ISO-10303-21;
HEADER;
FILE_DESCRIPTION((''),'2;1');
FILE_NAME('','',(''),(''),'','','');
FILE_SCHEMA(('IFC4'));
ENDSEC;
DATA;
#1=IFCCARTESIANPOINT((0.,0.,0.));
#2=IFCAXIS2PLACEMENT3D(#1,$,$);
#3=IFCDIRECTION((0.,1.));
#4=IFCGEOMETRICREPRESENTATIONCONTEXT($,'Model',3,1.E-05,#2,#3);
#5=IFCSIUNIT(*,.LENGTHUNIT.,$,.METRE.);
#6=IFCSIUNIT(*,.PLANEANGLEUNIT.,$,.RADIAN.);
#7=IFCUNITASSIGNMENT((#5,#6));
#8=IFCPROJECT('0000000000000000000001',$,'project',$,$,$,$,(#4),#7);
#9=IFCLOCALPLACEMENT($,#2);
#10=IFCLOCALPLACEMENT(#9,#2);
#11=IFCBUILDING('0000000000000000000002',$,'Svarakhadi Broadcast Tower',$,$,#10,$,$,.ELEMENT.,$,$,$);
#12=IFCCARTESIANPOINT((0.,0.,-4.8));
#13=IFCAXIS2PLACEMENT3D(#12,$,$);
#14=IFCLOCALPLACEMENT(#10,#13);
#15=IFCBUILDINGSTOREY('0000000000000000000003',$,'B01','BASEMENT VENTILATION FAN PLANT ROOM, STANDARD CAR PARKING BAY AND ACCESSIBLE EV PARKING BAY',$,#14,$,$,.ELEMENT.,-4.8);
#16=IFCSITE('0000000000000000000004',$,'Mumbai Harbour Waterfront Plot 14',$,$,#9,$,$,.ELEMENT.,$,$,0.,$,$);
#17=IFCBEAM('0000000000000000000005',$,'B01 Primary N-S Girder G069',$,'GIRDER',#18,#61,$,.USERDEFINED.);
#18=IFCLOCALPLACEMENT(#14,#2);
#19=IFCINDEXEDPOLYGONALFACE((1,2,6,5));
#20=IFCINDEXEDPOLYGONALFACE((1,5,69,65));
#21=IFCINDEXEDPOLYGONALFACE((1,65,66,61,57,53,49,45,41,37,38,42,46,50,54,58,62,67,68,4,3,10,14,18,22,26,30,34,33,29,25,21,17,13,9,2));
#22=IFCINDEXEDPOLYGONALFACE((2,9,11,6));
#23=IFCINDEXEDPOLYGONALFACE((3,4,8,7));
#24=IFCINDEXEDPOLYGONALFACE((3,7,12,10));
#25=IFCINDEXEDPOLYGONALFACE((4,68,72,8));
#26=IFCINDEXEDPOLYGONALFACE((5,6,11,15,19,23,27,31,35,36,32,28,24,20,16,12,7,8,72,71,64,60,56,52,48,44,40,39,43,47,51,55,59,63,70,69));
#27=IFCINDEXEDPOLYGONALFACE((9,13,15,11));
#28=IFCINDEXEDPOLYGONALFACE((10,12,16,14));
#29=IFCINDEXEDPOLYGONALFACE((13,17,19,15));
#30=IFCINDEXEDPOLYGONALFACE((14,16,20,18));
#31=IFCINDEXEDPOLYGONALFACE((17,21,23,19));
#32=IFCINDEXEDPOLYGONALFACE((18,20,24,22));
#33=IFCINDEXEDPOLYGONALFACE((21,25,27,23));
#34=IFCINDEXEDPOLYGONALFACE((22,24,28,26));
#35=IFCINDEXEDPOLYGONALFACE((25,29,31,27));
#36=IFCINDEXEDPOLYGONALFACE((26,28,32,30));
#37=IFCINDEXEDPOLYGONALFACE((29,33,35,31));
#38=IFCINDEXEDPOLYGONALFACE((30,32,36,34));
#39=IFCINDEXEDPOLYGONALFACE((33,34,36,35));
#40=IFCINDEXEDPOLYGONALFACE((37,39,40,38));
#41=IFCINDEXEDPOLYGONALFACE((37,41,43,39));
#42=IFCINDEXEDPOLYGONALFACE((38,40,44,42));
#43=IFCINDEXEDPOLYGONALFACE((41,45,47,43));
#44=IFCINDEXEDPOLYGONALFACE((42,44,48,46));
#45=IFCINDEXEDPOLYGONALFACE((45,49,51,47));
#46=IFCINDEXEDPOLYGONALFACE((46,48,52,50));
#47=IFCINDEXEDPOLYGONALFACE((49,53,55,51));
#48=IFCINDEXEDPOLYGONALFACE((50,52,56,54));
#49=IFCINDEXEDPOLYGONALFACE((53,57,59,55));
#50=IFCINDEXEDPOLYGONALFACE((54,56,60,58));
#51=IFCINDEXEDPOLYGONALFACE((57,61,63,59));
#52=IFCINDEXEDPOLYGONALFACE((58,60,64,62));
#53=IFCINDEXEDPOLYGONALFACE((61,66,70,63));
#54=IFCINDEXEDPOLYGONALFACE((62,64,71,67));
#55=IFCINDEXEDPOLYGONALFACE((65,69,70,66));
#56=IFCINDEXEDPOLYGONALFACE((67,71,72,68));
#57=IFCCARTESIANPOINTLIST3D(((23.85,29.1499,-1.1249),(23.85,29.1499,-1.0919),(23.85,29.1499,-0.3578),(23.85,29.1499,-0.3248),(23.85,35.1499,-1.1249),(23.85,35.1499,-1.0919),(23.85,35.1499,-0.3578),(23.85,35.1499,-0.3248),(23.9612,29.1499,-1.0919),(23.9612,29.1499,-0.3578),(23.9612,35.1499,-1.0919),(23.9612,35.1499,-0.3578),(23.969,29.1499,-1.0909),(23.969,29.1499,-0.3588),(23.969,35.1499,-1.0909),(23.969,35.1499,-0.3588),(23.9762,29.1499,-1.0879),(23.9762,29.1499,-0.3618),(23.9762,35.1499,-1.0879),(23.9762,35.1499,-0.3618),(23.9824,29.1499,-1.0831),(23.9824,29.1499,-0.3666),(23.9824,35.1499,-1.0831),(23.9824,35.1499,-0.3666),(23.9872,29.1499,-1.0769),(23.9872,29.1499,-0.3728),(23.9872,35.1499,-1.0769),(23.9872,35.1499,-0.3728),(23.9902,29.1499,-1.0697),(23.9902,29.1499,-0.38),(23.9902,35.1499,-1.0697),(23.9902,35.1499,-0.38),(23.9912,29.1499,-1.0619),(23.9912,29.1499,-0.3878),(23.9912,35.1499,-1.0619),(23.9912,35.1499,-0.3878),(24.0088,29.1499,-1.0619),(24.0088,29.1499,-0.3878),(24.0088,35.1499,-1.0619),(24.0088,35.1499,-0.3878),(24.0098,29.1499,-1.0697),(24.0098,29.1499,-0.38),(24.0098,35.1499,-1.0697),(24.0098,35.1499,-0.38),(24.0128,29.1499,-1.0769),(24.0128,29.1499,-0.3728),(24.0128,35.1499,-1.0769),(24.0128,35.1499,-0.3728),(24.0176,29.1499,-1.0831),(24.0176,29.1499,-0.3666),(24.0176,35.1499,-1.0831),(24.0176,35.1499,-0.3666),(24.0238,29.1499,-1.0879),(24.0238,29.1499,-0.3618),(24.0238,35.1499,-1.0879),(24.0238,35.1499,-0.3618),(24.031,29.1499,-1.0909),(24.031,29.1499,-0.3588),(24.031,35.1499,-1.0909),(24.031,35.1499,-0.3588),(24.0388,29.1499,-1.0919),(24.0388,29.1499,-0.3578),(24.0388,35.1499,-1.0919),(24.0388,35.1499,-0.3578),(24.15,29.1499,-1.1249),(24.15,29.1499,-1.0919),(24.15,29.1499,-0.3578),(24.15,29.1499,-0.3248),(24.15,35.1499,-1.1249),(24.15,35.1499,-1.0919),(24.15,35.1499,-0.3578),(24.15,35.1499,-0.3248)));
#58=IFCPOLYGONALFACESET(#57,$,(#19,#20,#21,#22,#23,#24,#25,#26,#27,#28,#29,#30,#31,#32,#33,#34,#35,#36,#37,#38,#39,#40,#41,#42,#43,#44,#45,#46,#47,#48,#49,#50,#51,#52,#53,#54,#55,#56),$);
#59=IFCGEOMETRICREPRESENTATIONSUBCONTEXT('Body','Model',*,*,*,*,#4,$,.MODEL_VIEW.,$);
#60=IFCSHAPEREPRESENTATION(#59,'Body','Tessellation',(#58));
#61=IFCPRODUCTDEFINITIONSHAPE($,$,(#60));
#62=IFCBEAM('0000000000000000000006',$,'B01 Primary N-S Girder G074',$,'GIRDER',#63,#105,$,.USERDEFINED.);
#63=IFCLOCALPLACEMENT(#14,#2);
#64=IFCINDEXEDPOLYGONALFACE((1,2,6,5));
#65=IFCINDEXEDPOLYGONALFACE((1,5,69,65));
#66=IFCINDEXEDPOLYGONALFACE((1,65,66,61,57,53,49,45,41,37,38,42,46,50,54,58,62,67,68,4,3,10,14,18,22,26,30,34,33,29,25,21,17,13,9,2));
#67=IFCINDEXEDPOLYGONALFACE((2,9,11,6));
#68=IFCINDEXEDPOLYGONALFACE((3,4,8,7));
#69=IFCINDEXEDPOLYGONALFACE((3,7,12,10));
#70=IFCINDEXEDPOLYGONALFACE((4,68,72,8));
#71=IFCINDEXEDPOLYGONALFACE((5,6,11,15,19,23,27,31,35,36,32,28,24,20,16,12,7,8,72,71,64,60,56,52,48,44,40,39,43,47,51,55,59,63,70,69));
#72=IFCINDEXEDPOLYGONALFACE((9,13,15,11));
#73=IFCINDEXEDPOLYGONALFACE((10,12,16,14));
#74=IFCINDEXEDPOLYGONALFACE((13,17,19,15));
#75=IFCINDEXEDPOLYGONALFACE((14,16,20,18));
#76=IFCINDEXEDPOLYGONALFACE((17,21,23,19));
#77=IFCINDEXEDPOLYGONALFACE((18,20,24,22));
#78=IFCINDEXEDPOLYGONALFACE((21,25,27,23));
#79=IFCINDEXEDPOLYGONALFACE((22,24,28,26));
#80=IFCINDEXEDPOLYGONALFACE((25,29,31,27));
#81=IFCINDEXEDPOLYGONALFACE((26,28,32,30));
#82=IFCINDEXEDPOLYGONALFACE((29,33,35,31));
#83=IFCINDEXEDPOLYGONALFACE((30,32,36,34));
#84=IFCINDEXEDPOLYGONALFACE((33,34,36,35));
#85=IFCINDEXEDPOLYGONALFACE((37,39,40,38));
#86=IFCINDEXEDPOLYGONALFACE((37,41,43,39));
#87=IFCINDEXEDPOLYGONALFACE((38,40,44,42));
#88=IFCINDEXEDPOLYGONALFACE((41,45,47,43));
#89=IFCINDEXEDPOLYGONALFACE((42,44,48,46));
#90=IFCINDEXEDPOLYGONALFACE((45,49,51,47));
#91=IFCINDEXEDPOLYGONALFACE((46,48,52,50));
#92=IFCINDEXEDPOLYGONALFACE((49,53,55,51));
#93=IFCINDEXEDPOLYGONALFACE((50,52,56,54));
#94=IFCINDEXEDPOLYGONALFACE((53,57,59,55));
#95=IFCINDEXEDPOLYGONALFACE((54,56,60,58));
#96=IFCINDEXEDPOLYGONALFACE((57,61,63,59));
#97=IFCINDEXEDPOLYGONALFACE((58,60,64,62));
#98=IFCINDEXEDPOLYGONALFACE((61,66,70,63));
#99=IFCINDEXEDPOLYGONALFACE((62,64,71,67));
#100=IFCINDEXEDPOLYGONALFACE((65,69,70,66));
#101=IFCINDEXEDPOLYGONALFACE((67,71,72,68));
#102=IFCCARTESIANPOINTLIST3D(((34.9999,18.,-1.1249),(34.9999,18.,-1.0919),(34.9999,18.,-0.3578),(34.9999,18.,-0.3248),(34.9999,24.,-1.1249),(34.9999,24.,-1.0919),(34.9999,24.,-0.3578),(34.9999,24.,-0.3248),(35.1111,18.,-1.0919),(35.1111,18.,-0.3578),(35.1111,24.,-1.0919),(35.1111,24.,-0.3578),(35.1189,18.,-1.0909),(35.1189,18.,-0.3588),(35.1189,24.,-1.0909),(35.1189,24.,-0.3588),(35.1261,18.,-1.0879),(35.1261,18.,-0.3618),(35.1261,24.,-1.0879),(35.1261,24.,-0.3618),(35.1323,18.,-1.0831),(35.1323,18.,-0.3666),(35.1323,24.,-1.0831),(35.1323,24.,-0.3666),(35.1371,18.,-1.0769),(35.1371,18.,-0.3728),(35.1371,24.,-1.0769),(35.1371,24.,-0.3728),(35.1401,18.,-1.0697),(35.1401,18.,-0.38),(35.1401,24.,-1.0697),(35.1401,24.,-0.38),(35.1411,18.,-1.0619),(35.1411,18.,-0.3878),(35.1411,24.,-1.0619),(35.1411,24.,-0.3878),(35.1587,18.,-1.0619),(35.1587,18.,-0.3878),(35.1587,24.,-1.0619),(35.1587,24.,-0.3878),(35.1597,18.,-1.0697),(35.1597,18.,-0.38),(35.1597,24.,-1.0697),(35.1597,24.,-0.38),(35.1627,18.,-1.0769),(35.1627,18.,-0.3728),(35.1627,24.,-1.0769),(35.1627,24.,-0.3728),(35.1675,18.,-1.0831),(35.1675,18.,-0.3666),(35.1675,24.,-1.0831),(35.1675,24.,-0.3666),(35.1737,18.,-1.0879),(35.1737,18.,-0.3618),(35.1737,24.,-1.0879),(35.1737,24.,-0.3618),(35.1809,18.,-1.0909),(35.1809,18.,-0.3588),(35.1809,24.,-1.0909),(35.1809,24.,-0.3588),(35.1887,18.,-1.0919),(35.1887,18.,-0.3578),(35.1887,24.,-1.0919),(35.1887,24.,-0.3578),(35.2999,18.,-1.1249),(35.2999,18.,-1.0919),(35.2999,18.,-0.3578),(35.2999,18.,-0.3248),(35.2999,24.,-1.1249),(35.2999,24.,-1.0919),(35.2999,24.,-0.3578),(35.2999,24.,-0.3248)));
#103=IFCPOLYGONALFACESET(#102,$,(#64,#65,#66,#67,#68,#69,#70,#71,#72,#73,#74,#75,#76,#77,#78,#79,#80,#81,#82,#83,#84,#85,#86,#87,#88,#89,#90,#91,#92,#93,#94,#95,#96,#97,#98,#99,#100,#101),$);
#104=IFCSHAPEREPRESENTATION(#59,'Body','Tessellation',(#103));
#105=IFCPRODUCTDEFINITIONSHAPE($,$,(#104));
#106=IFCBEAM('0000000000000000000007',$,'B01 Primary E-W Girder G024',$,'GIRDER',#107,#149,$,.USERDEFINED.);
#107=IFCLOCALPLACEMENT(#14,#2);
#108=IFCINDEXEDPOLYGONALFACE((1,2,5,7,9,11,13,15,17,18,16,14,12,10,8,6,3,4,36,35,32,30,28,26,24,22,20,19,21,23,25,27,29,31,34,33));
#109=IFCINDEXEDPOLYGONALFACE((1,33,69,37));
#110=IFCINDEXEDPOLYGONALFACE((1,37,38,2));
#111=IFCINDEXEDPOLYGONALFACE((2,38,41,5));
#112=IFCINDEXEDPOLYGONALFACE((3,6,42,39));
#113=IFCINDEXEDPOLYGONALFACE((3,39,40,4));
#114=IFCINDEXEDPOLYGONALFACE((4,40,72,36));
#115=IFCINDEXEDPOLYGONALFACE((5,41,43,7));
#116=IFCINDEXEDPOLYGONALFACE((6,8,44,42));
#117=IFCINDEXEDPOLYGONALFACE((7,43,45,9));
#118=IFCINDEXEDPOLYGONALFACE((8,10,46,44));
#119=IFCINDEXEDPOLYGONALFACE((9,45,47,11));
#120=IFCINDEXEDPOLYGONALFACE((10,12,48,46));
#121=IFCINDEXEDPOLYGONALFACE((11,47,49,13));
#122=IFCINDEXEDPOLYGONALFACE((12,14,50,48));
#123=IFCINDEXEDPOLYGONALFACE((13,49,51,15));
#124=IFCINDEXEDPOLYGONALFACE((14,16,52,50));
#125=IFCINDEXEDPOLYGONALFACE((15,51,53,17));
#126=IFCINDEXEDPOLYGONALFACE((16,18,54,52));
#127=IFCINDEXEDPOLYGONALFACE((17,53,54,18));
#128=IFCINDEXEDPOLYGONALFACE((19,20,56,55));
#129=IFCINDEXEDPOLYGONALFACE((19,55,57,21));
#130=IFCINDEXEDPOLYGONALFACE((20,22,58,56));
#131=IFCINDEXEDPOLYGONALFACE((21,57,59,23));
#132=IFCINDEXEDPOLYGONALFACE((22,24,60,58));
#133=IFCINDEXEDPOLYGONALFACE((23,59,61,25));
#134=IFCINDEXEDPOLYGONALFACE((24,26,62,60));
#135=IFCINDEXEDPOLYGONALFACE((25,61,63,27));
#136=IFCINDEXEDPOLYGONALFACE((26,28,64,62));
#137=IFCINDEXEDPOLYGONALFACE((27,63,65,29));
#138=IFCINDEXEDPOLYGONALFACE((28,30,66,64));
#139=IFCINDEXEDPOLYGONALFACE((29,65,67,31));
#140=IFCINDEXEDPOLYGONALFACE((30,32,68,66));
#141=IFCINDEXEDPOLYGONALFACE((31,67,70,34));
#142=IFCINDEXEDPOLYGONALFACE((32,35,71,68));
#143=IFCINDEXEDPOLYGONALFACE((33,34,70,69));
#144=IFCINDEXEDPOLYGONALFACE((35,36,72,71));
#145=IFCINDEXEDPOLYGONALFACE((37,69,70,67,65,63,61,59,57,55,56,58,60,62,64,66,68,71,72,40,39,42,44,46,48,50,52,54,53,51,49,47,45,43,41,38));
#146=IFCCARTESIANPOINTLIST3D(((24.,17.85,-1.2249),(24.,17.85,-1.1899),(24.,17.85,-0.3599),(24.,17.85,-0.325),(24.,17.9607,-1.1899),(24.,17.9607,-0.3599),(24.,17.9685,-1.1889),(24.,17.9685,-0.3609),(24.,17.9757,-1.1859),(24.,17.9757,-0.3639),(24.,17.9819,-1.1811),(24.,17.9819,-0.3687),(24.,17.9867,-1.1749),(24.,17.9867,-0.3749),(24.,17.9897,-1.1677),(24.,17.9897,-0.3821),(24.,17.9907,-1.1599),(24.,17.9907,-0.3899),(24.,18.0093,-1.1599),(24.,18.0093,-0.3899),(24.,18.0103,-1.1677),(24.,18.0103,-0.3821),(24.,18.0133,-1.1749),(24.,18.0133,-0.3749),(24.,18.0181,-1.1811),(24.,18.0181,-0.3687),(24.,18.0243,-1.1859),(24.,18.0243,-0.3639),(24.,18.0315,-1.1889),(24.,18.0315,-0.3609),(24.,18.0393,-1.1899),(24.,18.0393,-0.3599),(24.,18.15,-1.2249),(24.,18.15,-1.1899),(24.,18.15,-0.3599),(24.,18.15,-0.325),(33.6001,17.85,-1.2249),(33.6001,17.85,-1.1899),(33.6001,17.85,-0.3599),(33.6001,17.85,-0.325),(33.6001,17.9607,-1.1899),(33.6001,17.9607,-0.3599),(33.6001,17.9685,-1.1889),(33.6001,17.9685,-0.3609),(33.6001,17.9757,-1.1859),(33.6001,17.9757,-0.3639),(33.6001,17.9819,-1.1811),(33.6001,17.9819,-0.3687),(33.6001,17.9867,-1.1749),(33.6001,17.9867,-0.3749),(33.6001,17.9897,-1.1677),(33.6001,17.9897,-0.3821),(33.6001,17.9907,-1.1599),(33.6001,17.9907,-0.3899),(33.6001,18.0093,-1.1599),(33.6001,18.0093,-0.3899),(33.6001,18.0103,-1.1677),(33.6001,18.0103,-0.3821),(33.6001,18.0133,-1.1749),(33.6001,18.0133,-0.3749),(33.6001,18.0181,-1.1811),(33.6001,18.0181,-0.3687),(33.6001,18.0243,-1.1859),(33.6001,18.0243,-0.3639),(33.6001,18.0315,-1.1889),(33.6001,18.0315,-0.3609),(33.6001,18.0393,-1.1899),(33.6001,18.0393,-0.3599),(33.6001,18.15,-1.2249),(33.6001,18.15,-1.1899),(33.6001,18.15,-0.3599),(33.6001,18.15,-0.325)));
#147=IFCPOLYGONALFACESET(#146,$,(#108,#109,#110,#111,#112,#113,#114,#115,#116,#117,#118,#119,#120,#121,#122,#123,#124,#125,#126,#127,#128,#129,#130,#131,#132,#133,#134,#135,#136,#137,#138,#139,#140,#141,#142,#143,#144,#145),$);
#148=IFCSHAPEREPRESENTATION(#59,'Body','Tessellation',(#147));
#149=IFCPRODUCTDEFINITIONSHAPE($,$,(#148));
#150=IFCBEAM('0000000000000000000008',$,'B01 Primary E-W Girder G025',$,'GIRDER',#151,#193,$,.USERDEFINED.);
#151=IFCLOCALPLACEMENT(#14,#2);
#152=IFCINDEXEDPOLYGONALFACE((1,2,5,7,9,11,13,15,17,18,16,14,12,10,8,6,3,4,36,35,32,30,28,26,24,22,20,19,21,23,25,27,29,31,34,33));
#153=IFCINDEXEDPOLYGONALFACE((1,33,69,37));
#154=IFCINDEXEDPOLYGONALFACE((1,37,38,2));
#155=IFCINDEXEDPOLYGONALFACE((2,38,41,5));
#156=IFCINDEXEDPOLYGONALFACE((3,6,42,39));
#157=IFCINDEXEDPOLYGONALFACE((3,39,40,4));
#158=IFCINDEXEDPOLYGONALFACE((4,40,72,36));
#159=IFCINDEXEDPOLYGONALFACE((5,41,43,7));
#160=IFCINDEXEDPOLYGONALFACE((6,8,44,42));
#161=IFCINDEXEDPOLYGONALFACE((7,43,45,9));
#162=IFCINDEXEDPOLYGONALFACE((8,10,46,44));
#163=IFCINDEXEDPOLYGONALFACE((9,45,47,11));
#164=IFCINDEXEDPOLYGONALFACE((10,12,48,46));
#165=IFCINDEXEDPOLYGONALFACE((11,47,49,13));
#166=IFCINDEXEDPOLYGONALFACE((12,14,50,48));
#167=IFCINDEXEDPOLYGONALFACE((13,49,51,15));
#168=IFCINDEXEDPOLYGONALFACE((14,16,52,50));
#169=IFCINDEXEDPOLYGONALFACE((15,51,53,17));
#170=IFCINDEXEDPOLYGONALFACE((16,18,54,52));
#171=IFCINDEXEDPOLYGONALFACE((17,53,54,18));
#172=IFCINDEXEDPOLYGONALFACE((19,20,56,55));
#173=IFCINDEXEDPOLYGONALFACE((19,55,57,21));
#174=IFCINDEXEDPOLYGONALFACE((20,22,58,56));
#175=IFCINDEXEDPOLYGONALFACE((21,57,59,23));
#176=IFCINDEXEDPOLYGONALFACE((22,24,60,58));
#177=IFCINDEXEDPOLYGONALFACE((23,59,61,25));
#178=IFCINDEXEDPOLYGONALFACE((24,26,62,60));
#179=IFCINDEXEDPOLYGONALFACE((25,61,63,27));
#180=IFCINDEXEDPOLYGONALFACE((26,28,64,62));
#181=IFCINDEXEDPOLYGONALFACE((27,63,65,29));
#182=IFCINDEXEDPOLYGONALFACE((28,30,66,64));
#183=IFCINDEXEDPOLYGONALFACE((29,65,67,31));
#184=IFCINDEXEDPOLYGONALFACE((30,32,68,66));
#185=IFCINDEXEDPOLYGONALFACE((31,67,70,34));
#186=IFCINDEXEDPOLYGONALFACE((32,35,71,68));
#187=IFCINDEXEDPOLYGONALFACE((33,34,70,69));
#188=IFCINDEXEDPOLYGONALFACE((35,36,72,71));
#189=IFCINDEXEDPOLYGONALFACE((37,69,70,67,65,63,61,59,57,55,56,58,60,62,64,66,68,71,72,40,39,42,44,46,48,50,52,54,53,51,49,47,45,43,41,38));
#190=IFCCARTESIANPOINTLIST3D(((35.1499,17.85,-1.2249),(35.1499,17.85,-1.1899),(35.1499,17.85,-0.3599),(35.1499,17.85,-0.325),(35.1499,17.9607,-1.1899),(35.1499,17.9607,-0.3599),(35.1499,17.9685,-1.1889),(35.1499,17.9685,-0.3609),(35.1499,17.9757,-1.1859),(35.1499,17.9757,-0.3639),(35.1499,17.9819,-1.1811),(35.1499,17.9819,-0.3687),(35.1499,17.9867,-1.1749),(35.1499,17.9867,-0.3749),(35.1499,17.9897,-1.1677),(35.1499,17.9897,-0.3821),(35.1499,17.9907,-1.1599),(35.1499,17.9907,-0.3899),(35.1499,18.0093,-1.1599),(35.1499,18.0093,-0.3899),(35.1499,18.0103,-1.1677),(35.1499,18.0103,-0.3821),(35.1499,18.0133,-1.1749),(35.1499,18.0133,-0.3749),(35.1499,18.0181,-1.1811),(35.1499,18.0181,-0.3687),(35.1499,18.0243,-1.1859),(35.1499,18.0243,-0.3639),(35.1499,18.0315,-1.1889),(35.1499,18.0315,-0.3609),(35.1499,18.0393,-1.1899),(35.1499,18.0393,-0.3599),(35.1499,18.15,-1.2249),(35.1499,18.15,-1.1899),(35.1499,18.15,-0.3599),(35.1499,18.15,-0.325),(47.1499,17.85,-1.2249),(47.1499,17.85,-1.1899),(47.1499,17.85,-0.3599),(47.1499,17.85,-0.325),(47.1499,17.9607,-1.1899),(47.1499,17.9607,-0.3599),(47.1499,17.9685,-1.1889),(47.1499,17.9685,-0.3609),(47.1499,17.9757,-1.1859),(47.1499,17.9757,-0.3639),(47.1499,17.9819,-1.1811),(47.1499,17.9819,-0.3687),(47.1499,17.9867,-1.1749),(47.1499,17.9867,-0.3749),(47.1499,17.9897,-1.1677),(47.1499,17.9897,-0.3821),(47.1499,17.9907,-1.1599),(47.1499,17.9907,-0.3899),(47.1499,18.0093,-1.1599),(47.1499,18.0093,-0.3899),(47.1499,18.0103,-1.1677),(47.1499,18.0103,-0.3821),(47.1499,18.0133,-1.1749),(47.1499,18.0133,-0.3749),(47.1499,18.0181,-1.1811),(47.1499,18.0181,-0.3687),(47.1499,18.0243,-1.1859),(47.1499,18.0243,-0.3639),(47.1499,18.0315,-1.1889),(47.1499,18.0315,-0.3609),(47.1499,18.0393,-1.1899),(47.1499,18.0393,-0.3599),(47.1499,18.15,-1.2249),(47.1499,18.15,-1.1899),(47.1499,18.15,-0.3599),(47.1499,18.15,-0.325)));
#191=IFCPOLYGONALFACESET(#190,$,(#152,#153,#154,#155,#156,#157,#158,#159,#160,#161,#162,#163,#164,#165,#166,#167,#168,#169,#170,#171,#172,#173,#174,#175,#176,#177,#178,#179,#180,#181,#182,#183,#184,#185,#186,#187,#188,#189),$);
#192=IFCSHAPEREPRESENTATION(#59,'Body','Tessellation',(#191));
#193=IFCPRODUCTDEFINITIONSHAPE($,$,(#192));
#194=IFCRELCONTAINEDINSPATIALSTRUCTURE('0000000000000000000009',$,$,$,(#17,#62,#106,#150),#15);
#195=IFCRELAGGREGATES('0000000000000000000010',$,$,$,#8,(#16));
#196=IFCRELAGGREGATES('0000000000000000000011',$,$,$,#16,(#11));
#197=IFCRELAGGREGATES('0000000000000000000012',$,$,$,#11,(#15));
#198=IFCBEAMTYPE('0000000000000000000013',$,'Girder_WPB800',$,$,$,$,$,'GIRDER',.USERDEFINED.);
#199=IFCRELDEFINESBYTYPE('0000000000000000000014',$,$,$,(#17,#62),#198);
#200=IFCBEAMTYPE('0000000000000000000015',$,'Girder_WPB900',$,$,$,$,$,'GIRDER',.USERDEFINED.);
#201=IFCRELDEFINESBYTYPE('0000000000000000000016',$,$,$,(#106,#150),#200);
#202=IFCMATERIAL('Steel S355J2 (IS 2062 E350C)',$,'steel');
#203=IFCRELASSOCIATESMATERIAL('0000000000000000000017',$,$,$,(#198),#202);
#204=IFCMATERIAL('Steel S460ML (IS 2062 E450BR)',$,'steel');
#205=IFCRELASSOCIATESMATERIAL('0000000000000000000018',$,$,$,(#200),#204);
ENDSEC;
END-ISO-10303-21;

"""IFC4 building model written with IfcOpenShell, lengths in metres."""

from ifc_helpers import new_model, si_unit, direction, frame, origin, origin_2d, place, context, subcontext, project, spatial, i_section, extrude, material, material_profile, profile_set, type_object, element, save


model = new_model("IFC4")

# Units and contexts
model_context = context("Model", 3, precision=1e-05, world=origin(), true_north=direction((0.0, 1.0)))
body_context = subcontext(model_context, "Body", "Model", "MODEL_VIEW")
ifc_project = project(units=[si_unit("LENGTHUNIT", "METRE"), si_unit("PLANEANGLEUNIT", "RADIAN")], contexts=[model_context])

# Site, building, storey
site_placement = place(None, origin())
site = spatial("IfcSite", under=ifc_project, at=site_placement, Name="Mumbai Harbour Waterfront Plot 14", CompositionType="ELEMENT", RefElevation=0.0)
building_placement = place(site_placement, origin())
building = spatial("IfcBuilding", under=site, at=building_placement, Name="Svarakhadi Broadcast Tower", CompositionType="ELEMENT")
storey_placement = place(building_placement, frame((0.0, 0.0, -4.8)))
storey = spatial("IfcBuildingStorey", under=building, at=storey_placement, Name="B01", Description="BASEMENT VENTILATION FAN PLANT ROOM, STANDARD CAR PARKING BAY AND ACCESSIBLE EV PARKING BAY", CompositionType="ELEMENT", Elevation=-4.8)

# Shared definitions
ifc_material_1 = material(Name="Steel S460ML (IS 2062 E450BR)", Category="steel")

# Beams
ifc_material_2 = material(Name="Steel S355J2 (IS 2062 E350C)", Category="steel")
ifc_material_profile_1 = material_profile(ifc_material_2, i_section(OverallWidth=0.3, OverallDepth=0.8, WebThickness=0.0176, FlangeThickness=0.033, FilletRadius=0.03, at=origin_2d()), Name="WPB 800x300x262")
ifc_profile_set_1 = profile_set([ifc_material_profile_1], Name="Steel S355J2 (IS 2062 E350C)")
beam_type_1 = type_object("IfcBeamType", Name="Girder_WPB800", ElementType="GIRDER", PredefinedType="USERDEFINED", material=ifc_profile_set_1)
for number, where, z_axis, x_axis, name in (
    (1, (24.0, 29.1499, -0.7249), (0.0, 1.0, 0.0), (-1.0, 0.0, 0.0), "B01 Primary N-S Girder G069"),
    (2, (35.1499, 18.0, -0.7249), (0.0, 1.0, 0.0), (-1.0, 0.0, 0.0), "B01 Primary N-S Girder G074"),
):
    element("IfcBeam", number, at=place(storey_placement, frame(where, z_axis=z_axis, x_axis=x_axis)), inside=storey, type_object=beam_type_1, Name=name, ObjectType="GIRDER", PredefinedType="USERDEFINED", context=body_context, shape_type="SweptSolid", body=[
        extrude(i_section(OverallWidth=0.3, OverallDepth=0.8, WebThickness=0.0176, FlangeThickness=0.033, FilletRadius=0.03, at=origin_2d()), origin(), (0.0, 0.0, 1.0), 6.0),
    ])
ifc_material_profile_2 = material_profile(ifc_material_1, i_section(OverallWidth=0.3, OverallDepth=0.8999, WebThickness=0.0186, FlangeThickness=0.0349, FilletRadius=0.03, at=origin_2d()), Name="WPB 900x300x291")
ifc_profile_set_2 = profile_set([ifc_material_profile_2], Name="Steel S460ML (IS 2062 E450BR)")
beam_type_2 = type_object("IfcBeamType", Name="Girder_WPB900", ElementType="GIRDER", PredefinedType="USERDEFINED", material=ifc_profile_set_2)
beam_1_placement = place(storey_placement, frame((24.0, 18.0, -0.7749), z_axis=(1.0, 0.0, 0.0), x_axis=(0.0, 1.0, 0.0)))
element("IfcBeam", 3, at=beam_1_placement, inside=storey, type_object=beam_type_2, Name="B01 Primary E-W Girder G024", ObjectType="GIRDER", PredefinedType="USERDEFINED", context=body_context, shape_type="SweptSolid", body=[
    extrude(i_section(OverallWidth=0.3, OverallDepth=0.8999, WebThickness=0.0186, FlangeThickness=0.0349, FilletRadius=0.03, at=origin_2d()), origin(), (0.0, 0.0, 1.0), 9.6001),
])
beam_2_placement = place(storey_placement, frame((35.1499, 18.0, -0.7749), z_axis=(1.0, 0.0, 0.0), x_axis=(0.0, 1.0, 0.0)))
element("IfcBeam", 4, at=beam_2_placement, inside=storey, type_object=beam_type_2, Name="B01 Primary E-W Girder G025", ObjectType="GIRDER", PredefinedType="USERDEFINED", context=body_context, shape_type="SweptSolid", body=[
    extrude(i_section(OverallWidth=0.3, OverallDepth=0.8999, WebThickness=0.0186, FlangeThickness=0.0349, FilletRadius=0.03, at=origin_2d()), origin(), (0.0, 0.0, 1.0), 12.0),
])

save(model, "model.ifc")
